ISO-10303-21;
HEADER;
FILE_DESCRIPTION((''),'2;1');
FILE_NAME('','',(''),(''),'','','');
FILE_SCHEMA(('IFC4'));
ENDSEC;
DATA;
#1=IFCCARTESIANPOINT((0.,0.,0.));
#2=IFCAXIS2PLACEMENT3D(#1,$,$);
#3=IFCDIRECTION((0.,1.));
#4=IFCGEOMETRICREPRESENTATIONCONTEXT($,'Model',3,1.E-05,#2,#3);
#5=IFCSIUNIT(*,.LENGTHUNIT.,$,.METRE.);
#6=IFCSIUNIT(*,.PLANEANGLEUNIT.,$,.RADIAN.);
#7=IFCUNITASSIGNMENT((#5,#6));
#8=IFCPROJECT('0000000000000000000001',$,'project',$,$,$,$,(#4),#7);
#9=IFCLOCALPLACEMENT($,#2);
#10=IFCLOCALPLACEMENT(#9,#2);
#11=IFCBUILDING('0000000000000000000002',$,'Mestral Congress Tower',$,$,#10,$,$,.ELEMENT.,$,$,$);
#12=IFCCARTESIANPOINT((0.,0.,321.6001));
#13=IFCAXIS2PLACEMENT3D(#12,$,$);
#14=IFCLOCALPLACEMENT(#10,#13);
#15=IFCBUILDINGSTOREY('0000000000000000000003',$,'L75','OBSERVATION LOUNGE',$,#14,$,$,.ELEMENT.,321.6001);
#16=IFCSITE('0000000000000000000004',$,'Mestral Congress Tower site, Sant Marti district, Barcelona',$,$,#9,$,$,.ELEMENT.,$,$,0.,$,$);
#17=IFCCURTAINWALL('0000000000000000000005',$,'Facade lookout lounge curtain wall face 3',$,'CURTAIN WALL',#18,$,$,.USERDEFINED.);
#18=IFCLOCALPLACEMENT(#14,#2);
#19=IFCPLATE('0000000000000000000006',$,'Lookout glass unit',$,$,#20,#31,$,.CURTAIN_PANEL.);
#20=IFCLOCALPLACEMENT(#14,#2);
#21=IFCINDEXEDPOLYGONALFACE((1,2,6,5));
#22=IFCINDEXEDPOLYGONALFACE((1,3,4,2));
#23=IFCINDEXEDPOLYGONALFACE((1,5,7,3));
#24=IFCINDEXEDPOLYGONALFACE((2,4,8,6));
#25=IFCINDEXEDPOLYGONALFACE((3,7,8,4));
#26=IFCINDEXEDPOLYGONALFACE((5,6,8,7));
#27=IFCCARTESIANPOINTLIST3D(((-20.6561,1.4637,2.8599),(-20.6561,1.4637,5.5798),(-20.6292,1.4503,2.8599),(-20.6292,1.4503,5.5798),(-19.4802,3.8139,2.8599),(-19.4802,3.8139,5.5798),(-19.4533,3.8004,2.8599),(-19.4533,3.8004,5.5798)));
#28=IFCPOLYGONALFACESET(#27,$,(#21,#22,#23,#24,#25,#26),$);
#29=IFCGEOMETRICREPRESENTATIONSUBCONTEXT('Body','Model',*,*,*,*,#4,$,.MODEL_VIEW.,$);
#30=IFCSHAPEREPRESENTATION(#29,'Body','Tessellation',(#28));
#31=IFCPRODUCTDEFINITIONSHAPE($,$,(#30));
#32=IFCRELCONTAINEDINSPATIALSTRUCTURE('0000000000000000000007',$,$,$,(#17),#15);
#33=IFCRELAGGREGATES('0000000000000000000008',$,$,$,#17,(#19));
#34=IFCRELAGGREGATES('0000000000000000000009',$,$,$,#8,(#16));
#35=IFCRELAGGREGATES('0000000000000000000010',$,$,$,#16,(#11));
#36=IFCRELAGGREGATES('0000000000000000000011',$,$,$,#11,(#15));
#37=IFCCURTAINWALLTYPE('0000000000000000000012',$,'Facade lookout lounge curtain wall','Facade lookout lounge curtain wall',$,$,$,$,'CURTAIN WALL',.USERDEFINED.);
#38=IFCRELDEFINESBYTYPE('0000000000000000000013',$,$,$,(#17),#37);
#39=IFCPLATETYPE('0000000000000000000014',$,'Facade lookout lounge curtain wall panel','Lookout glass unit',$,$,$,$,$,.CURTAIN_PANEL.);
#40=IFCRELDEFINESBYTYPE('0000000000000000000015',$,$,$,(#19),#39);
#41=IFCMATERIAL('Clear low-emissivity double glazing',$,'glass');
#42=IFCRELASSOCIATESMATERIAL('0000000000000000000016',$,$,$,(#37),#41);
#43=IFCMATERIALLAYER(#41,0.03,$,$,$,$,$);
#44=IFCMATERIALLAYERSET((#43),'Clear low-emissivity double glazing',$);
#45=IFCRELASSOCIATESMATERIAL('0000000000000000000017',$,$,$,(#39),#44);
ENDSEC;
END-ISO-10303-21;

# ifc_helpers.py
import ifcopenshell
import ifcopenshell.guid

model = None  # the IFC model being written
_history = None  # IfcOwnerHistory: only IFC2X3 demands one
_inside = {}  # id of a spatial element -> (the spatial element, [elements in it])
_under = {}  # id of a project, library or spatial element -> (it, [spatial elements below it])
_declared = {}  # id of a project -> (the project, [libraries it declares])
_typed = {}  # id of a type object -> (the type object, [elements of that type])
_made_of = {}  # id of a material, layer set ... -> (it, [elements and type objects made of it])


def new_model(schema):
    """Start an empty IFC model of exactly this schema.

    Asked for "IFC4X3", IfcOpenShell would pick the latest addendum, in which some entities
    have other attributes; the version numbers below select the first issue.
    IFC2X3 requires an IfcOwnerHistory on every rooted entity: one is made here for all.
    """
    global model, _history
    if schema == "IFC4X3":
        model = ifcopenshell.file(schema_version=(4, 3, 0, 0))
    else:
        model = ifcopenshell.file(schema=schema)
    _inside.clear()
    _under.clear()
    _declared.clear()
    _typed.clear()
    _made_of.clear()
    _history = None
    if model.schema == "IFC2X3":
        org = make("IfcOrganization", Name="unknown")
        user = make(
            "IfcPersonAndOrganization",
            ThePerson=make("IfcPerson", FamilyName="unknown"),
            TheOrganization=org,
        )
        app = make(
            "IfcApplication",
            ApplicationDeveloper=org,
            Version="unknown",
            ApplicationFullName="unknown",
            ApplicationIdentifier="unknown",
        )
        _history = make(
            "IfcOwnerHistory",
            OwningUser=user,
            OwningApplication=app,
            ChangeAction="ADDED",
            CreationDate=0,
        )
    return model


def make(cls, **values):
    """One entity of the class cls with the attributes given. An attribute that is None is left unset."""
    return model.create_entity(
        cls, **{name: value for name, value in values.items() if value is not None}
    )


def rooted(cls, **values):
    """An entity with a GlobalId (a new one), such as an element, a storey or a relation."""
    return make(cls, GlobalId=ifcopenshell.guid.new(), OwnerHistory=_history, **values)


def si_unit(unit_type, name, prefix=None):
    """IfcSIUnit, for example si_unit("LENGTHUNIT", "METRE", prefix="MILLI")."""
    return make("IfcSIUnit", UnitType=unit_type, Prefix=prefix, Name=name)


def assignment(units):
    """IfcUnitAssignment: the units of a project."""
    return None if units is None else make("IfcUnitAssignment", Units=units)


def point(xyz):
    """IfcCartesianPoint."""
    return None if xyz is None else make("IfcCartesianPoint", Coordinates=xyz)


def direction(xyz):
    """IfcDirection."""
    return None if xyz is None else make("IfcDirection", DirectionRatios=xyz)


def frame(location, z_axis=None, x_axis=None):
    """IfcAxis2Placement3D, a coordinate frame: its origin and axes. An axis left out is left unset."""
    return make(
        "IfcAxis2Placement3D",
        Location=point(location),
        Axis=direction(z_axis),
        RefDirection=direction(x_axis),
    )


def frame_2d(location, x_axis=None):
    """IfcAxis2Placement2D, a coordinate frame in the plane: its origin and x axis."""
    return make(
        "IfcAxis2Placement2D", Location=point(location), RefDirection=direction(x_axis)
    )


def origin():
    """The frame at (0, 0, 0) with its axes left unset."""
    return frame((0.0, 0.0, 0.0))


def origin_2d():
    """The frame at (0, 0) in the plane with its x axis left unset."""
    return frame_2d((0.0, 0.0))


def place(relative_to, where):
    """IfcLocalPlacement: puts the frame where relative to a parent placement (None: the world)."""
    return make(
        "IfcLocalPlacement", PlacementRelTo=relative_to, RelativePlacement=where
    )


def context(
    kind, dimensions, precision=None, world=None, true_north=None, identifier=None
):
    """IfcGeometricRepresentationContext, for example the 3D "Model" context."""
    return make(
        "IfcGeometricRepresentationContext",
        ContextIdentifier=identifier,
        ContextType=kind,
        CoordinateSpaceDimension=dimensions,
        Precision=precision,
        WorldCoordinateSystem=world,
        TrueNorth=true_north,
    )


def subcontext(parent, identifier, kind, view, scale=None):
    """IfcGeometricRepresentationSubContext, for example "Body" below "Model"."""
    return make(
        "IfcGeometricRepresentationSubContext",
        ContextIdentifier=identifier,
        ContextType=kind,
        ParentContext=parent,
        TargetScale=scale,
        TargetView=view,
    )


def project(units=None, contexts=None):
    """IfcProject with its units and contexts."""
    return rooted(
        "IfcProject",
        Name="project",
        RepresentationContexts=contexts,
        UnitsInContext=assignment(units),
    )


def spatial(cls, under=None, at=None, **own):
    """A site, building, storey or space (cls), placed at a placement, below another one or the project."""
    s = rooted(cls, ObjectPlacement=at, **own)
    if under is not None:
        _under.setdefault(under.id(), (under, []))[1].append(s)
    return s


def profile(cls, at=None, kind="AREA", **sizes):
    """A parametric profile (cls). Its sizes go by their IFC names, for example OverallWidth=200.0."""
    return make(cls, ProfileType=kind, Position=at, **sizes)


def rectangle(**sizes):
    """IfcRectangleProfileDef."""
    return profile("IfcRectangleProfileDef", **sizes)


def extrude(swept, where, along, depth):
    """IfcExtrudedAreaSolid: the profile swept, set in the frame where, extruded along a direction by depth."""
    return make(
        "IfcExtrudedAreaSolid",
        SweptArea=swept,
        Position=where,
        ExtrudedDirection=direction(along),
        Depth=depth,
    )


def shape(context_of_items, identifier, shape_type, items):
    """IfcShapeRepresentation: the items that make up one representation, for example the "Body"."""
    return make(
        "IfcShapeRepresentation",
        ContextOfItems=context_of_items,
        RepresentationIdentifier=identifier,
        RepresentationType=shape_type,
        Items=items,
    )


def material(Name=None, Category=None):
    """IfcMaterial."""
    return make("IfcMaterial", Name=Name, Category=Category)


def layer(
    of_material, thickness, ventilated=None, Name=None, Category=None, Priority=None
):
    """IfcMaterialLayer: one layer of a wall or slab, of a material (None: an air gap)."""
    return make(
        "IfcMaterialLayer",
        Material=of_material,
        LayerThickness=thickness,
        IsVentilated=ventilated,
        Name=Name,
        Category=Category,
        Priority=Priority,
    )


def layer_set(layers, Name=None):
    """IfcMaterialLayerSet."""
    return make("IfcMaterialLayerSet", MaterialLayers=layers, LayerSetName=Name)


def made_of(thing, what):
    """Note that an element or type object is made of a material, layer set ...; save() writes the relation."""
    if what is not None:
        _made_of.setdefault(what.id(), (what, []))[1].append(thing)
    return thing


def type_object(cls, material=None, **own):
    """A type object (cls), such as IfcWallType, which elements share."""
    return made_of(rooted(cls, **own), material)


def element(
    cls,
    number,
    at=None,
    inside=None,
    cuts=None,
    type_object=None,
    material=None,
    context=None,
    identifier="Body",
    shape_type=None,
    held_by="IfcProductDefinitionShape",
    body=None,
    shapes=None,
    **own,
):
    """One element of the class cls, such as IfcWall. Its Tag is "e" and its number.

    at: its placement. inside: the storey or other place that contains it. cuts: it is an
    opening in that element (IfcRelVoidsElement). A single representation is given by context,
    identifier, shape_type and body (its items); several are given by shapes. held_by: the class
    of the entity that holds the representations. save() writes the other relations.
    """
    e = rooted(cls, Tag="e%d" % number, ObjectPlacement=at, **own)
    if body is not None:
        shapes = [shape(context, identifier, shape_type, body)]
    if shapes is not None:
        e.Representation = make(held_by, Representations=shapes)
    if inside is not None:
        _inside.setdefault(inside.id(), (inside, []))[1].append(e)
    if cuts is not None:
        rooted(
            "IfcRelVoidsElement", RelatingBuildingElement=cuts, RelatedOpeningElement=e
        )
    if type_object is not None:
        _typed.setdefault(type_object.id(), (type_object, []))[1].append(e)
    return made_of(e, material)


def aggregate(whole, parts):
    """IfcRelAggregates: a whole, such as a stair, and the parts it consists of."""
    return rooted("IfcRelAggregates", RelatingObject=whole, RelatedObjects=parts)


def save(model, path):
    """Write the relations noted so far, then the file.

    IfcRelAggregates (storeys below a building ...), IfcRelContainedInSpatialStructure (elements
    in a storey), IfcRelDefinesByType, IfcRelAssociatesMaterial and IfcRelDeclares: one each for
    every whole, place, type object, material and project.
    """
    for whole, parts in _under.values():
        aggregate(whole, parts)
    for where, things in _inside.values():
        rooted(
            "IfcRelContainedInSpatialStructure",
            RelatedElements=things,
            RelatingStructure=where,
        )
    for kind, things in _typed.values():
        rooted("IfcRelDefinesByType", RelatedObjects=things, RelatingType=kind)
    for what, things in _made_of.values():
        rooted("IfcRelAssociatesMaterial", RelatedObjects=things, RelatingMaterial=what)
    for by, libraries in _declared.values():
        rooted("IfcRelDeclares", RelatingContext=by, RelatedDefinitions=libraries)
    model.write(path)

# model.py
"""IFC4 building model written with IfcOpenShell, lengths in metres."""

from ifc_helpers import new_model, si_unit, direction, frame, origin, origin_2d, place, context, subcontext, project, spatial, rectangle, extrude, material, layer, layer_set, type_object, element, aggregate, save


model = new_model("IFC4")

# Units and contexts
model_context = context("Model", 3, precision=1e-05, world=origin(), true_north=direction((0.0, 1.0)))
body_context = subcontext(model_context, "Body", "Model", "MODEL_VIEW")
ifc_project = project(units=[si_unit("LENGTHUNIT", "METRE"), si_unit("PLANEANGLEUNIT", "RADIAN")], contexts=[model_context])

# Site, building, storey
site_placement = place(None, origin())
site = spatial("IfcSite", under=ifc_project, at=site_placement, Name="Mestral Congress Tower site, Sant Marti district, Barcelona", CompositionType="ELEMENT", RefElevation=0.0)
building_placement = place(site_placement, origin())
building = spatial("IfcBuilding", under=site, at=building_placement, Name="Mestral Congress Tower", CompositionType="ELEMENT")
storey_placement = place(building_placement, frame((0.0, 0.0, 321.6001)))
storey = spatial("IfcBuildingStorey", under=building, at=storey_placement, Name="L75", Description="OBSERVATION LOUNGE", CompositionType="ELEMENT", Elevation=321.6001)

# Curtain wall
ifc_material_1 = material(Name="Clear low-emissivity double glazing", Category="glass")
curtain_wall_type = type_object("IfcCurtainWallType", Name="Facade lookout lounge curtain wall", Description="Facade lookout lounge curtain wall", ElementType="CURTAIN WALL", PredefinedType="USERDEFINED", material=ifc_material_1)
curtain_wall_placement = place(storey_placement, origin())
curtain_wall = element("IfcCurtainWall", 1, at=curtain_wall_placement, inside=storey, type_object=curtain_wall_type, Name="Facade lookout lounge curtain wall face 3", ObjectType="CURTAIN WALL", PredefinedType="USERDEFINED")

# Plate
ifc_layer = layer(ifc_material_1, 0.03)
ifc_layer_set = layer_set([ifc_layer], Name="Clear low-emissivity double glazing")
plate_type = type_object("IfcPlateType", Name="Facade lookout lounge curtain wall panel", Description="Lookout glass unit", PredefinedType="CURTAIN_PANEL", material=ifc_layer_set)
plate_1_placement = place(storey_placement, frame((-20.0547, 2.6321, 2.8599), z_axis=(0.0, 0.0, 1.0), x_axis=(-0.447469, -0.8943, 0.0)))
plate_1 = element("IfcPlate", 2, at=plate_1_placement, type_object=plate_type, Name="Lookout glass unit", PredefinedType="CURTAIN_PANEL", context=body_context, shape_type="SweptSolid", body=[
    extrude(rectangle(XDim=2.6279, YDim=0.03, at=origin_2d()), origin(), (0.0, 0.0, 1.0), 2.72),
])
aggregate(curtain_wall, [plate_1])

save(model, "model.ifc")
